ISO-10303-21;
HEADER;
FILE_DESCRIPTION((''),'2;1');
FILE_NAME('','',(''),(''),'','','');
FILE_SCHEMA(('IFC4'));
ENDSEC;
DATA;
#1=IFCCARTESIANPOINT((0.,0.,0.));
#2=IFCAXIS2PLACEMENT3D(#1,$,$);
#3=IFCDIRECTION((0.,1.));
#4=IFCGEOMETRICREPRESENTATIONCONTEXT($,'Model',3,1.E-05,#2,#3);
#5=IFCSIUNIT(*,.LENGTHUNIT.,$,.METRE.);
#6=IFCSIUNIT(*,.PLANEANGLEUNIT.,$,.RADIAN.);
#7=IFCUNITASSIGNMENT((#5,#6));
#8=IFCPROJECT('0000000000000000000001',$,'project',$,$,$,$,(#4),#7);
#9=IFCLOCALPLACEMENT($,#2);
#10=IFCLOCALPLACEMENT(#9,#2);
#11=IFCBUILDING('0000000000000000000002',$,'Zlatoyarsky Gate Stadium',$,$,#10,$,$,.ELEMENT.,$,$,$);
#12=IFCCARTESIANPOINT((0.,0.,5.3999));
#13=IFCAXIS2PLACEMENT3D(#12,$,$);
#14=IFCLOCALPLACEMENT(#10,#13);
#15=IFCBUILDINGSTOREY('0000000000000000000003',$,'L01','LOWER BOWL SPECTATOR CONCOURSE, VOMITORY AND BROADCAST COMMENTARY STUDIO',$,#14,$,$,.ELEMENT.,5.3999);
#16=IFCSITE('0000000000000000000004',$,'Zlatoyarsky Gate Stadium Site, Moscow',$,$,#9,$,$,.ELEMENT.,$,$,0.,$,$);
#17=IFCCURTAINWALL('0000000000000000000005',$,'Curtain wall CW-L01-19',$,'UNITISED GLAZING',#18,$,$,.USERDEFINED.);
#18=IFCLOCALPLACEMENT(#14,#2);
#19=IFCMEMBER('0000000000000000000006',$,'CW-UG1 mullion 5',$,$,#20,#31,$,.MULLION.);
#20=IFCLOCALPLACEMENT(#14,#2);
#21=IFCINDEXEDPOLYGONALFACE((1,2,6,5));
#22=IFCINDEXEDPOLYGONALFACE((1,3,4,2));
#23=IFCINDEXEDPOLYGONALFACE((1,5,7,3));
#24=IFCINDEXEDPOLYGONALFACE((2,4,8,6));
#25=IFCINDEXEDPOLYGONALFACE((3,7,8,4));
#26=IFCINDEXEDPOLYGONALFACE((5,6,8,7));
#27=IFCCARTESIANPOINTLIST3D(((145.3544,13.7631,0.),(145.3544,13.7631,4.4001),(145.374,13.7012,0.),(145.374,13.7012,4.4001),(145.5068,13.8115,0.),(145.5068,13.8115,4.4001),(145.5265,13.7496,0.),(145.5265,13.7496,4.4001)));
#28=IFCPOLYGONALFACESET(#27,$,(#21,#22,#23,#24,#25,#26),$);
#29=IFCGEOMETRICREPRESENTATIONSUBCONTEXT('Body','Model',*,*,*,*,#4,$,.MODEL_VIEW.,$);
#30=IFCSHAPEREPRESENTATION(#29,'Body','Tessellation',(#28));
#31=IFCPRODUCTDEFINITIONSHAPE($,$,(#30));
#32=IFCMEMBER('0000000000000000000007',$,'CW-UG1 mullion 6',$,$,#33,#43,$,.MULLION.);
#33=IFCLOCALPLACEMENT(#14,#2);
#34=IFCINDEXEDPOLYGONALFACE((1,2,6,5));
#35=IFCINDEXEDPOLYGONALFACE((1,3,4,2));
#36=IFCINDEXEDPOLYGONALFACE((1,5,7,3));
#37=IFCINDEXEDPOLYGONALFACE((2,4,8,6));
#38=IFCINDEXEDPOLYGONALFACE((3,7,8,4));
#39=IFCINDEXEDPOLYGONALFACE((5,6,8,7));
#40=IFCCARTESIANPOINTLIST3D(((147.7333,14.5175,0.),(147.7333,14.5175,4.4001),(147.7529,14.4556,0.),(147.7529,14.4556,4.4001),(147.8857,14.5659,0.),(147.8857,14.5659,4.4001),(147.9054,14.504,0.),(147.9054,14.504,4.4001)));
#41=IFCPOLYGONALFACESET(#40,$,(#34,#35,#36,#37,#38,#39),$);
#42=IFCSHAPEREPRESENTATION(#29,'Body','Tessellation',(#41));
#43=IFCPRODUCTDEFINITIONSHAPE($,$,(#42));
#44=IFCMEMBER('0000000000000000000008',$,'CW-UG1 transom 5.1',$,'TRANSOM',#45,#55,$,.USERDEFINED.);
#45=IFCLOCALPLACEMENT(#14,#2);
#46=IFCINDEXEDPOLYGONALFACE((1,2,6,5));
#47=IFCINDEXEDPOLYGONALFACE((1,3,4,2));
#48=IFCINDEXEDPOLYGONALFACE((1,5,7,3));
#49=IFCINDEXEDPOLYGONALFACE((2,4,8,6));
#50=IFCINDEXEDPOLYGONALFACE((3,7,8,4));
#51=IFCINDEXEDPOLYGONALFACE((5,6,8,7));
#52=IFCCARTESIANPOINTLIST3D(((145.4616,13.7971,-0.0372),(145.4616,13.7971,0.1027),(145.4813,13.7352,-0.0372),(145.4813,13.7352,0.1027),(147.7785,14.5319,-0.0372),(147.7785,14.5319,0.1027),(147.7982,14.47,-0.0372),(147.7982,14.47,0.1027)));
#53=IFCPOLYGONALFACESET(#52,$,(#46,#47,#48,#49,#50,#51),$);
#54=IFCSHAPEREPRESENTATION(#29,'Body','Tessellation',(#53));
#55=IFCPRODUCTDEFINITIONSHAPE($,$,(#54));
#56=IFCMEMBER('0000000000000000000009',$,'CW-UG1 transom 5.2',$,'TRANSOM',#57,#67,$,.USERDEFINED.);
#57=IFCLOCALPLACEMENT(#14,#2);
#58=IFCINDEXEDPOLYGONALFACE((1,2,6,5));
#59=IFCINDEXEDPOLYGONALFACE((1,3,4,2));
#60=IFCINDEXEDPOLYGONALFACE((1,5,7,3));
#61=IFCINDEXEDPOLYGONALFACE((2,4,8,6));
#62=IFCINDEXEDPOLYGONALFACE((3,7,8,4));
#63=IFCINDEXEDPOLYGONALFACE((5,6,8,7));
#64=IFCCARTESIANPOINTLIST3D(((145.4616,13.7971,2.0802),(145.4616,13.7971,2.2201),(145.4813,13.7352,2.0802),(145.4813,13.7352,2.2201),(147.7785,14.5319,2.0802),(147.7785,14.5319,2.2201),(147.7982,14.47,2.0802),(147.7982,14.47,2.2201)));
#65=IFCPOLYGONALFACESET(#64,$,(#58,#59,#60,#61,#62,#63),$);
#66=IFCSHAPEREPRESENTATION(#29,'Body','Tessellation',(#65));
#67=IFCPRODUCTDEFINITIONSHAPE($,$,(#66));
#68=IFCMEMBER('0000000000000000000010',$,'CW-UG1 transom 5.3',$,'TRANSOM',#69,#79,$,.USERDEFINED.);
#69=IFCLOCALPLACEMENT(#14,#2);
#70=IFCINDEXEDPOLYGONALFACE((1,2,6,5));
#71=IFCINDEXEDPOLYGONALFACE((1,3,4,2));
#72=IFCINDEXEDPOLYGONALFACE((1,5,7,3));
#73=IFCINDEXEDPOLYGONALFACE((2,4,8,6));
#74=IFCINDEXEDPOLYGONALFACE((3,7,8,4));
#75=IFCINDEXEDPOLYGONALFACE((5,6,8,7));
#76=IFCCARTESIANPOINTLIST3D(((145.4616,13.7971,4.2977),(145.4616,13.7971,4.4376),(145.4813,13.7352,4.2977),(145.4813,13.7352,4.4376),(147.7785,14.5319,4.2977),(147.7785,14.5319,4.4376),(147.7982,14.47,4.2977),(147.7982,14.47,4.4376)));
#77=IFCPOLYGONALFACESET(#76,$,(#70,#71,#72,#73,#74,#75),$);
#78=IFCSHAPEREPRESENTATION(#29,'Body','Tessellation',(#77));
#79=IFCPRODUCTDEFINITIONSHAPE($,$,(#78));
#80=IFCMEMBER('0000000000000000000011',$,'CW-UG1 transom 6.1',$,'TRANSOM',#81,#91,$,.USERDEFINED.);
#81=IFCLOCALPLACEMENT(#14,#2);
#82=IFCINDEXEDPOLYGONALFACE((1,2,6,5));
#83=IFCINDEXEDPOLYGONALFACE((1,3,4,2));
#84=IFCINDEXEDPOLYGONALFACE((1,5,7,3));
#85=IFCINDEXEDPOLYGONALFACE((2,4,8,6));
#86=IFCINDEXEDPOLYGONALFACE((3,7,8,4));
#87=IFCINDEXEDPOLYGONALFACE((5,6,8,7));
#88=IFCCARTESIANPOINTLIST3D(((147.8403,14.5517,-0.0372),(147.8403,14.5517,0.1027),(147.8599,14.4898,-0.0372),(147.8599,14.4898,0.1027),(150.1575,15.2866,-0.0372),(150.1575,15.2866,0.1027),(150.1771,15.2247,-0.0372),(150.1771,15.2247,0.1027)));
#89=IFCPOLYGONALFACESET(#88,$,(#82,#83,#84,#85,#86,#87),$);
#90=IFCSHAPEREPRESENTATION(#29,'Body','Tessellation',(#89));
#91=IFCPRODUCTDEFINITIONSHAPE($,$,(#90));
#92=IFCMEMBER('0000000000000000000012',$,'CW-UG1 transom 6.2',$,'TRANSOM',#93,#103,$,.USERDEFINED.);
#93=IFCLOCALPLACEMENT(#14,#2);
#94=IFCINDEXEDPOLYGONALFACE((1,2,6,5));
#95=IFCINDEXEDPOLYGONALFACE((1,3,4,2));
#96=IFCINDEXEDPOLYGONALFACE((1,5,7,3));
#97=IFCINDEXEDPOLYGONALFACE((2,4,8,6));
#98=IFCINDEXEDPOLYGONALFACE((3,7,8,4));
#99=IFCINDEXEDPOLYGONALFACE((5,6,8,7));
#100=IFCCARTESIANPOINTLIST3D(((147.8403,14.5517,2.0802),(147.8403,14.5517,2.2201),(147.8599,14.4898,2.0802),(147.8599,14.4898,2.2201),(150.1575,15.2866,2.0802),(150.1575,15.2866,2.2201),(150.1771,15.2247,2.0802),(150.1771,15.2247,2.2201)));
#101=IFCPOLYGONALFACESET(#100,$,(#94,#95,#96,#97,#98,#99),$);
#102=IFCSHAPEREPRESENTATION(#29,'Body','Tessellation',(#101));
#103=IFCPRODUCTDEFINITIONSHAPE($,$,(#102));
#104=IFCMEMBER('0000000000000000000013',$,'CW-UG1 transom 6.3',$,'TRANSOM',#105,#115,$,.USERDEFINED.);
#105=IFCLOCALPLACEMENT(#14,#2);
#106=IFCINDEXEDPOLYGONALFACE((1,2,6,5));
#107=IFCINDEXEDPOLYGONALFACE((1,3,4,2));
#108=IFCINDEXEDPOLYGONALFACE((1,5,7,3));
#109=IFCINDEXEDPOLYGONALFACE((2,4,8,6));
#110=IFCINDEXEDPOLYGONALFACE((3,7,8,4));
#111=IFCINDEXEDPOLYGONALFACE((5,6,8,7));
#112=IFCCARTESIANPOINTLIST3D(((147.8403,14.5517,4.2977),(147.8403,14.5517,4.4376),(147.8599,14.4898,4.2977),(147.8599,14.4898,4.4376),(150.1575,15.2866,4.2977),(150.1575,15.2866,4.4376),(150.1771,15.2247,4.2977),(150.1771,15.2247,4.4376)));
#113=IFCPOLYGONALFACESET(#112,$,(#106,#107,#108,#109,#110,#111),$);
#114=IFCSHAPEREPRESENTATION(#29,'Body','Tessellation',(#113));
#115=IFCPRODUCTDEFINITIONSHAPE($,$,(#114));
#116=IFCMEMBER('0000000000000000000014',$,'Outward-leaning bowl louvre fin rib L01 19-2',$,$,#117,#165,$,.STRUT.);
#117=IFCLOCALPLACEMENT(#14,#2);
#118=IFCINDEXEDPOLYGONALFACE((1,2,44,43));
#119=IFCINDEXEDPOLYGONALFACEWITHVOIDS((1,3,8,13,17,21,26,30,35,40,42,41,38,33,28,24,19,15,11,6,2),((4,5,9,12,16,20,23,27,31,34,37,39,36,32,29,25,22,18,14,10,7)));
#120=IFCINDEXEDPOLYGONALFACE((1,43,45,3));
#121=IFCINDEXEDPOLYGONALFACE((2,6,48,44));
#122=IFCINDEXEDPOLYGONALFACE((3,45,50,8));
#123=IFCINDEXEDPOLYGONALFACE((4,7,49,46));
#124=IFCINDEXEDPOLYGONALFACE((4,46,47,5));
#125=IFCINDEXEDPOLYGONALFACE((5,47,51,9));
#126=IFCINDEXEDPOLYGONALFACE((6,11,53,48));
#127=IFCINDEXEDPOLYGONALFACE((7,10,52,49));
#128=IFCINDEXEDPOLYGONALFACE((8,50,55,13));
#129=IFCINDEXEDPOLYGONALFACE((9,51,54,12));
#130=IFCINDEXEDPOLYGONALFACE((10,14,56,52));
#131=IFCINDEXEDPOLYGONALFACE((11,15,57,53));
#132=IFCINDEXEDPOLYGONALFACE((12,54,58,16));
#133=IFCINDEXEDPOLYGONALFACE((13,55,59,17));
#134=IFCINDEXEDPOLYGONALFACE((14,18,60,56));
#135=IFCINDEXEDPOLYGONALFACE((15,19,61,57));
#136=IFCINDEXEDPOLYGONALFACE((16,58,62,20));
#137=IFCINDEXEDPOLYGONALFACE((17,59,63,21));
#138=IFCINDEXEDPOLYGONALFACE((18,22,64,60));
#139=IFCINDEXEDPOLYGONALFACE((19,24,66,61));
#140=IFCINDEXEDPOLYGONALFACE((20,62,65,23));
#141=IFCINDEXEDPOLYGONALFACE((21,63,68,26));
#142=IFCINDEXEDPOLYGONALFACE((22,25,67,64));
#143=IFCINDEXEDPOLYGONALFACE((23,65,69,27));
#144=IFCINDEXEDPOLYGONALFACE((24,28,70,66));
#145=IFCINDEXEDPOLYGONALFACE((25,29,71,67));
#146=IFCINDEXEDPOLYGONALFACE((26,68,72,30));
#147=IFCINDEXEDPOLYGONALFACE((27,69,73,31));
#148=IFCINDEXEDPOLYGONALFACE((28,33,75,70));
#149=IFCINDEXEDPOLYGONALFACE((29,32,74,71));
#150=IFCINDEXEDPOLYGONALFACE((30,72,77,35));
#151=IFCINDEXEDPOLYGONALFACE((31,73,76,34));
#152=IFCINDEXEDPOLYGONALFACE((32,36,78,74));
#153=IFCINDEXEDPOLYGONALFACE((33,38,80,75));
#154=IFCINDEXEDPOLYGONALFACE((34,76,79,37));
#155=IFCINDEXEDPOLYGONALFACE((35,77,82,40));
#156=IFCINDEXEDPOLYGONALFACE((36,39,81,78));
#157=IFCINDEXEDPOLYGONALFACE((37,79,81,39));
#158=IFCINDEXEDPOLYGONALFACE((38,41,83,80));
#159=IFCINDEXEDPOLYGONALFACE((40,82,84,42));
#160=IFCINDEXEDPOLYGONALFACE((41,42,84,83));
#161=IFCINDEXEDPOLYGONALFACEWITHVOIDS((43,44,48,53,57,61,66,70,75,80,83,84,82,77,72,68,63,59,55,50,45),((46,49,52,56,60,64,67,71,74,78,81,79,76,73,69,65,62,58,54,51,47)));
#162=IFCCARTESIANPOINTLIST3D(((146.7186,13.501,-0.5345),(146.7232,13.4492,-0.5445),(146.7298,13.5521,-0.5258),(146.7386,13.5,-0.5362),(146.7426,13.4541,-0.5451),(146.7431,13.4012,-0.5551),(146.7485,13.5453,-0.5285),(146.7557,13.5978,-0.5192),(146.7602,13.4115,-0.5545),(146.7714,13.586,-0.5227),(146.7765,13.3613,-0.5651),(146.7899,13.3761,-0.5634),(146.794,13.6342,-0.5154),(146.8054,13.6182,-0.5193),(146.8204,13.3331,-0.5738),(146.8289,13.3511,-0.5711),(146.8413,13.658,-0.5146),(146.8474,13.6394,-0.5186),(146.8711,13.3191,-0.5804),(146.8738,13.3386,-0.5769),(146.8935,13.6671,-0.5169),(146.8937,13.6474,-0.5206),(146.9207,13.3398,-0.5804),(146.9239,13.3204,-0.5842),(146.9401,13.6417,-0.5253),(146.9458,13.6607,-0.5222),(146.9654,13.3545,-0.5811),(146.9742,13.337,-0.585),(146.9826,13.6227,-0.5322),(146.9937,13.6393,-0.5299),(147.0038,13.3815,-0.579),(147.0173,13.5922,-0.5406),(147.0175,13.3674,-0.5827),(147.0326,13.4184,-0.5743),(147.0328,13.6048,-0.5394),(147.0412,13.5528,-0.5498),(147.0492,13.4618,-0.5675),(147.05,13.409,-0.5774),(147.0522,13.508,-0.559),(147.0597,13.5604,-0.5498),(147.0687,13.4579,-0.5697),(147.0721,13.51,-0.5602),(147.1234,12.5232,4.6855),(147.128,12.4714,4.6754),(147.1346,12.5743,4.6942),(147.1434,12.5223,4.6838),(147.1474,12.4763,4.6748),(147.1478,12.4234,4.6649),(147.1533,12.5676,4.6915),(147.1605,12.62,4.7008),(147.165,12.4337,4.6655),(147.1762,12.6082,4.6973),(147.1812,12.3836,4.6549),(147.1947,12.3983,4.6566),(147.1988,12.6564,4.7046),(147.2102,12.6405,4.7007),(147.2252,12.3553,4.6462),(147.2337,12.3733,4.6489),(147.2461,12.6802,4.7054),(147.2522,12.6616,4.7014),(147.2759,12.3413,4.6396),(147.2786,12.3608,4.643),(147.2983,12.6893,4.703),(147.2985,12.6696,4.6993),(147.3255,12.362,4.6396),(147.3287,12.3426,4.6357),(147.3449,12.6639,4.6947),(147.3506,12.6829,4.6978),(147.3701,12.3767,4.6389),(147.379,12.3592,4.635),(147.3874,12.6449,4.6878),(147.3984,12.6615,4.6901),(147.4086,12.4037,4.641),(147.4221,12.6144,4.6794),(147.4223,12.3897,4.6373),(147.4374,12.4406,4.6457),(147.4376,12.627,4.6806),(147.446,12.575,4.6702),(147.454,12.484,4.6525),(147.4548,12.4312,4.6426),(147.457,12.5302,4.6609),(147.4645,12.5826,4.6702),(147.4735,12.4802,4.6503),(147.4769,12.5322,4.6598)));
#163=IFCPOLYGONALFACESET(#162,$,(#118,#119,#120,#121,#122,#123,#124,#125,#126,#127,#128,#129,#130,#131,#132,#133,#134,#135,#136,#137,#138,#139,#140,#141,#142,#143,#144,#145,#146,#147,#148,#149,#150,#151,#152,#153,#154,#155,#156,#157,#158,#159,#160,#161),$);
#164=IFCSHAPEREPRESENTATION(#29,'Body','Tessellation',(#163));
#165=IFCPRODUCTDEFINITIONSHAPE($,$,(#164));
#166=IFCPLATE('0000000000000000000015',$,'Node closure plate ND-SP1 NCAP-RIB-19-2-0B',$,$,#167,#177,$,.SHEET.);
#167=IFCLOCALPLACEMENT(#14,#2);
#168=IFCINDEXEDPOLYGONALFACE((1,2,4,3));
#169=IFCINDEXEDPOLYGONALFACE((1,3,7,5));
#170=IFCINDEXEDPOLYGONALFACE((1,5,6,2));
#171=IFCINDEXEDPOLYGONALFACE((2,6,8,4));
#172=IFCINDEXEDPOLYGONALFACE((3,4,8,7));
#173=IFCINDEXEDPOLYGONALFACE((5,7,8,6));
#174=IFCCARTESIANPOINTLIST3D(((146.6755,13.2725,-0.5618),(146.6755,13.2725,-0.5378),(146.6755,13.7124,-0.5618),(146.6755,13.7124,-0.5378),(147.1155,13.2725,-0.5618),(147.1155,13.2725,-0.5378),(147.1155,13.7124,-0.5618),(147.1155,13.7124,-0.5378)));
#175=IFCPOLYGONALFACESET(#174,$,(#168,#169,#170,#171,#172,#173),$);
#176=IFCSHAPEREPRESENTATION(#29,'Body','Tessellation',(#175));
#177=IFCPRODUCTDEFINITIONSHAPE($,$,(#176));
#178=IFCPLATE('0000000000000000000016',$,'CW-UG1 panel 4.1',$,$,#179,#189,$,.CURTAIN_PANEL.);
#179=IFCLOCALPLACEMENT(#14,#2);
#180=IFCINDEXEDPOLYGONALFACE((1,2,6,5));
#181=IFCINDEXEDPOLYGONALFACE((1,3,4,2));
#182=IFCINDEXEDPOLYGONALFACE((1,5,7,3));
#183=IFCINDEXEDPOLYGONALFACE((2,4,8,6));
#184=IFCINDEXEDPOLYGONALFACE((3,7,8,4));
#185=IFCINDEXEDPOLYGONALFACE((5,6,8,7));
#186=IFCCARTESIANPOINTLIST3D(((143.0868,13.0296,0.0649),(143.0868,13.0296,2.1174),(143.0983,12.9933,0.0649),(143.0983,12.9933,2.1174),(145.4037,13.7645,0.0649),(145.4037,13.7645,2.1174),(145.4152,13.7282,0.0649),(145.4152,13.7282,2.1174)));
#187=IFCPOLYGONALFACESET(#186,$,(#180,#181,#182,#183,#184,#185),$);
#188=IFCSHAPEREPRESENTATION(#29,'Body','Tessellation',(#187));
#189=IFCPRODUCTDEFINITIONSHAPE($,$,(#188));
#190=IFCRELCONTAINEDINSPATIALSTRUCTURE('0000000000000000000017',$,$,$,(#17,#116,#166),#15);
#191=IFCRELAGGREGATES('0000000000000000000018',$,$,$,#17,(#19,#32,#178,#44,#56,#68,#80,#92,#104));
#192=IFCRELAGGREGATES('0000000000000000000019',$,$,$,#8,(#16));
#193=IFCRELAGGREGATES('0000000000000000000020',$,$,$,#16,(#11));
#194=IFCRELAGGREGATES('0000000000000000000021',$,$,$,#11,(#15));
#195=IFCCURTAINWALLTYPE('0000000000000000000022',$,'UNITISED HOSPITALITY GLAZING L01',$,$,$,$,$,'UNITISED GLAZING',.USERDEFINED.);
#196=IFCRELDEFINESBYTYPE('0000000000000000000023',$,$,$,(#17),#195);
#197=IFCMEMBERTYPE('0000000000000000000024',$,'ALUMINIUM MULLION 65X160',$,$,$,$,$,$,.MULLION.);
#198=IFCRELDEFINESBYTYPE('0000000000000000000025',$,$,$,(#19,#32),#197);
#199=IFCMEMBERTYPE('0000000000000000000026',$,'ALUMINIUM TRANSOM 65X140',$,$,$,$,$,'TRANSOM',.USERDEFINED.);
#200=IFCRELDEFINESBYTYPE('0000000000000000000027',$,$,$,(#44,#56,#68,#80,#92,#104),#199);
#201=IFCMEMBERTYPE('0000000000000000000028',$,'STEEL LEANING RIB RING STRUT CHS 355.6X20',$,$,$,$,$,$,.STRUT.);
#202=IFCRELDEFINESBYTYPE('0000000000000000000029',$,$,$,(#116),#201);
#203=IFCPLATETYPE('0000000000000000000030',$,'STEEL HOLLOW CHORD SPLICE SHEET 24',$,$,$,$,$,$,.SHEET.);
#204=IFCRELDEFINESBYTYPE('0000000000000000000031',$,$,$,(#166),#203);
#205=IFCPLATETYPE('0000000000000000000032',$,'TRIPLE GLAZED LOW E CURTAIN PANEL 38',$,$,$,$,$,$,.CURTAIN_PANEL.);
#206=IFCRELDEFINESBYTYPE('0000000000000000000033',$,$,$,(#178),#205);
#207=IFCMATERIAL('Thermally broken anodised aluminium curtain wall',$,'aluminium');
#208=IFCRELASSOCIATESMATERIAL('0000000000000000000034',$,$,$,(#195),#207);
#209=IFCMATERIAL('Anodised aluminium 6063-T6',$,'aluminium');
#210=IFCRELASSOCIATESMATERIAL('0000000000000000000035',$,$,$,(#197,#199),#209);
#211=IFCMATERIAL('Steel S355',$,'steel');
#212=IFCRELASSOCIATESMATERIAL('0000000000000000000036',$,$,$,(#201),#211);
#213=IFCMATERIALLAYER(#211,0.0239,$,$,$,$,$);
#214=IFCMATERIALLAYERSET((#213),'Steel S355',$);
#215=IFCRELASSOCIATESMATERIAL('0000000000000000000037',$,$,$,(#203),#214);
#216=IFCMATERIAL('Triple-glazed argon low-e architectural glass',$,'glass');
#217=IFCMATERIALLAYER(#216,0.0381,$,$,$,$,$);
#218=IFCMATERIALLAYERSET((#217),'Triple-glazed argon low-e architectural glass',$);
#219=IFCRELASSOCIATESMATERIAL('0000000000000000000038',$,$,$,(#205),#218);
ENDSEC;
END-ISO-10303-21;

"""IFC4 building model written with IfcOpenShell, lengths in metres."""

from ifc_helpers import new_model, si_unit, direction, frame, origin, origin_2d, place, context, subcontext, project, spatial, rectangle, hollow_circle, extrude, material, layer, layer_set, material_profile, profile_set, type_object, element, aggregate, save


model = new_model("IFC4")

# Units and contexts
model_context = context("Model", 3, precision=1e-05, world=origin(), true_north=direction((0.0, 1.0)))
body_context = subcontext(model_context, "Body", "Model", "MODEL_VIEW")
ifc_project = project(units=[si_unit("LENGTHUNIT", "METRE"), si_unit("PLANEANGLEUNIT", "RADIAN")], contexts=[model_context])

# Site, building, storey
site_placement = place(None, origin())
site = spatial("IfcSite", under=ifc_project, at=site_placement, Name="Zlatoyarsky Gate Stadium Site, Moscow", CompositionType="ELEMENT", RefElevation=0.0)
building_placement = place(site_placement, origin())
building = spatial("IfcBuilding", under=site, at=building_placement, Name="Zlatoyarsky Gate Stadium", CompositionType="ELEMENT")
storey_placement = place(building_placement, frame((0.0, 0.0, 5.3999)))
storey = spatial("IfcBuildingStorey", under=building, at=storey_placement, Name="L01", Description="LOWER BOWL SPECTATOR CONCOURSE, VOMITORY AND BROADCAST COMMENTARY STUDIO", CompositionType="ELEMENT", Elevation=5.3999)

# Curtain wall, members
ifc_material_1 = material(Name="Thermally broken anodised aluminium curtain wall", Category="aluminium")
curtain_wall_type = type_object("IfcCurtainWallType", Name="UNITISED HOSPITALITY GLAZING L01", ElementType="UNITISED GLAZING", PredefinedType="USERDEFINED", material=ifc_material_1)
curtain_wall_placement = place(storey_placement, origin())
curtain_wall = element("IfcCurtainWall", 1, at=curtain_wall_placement, inside=storey, type_object=curtain_wall_type, Name="Curtain wall CW-L01-19", ObjectType="UNITISED GLAZING", PredefinedType="USERDEFINED")
ifc_material_2 = material(Name="Anodised aluminium 6063-T6", Category="aluminium")
ifc_material_profile_1 = material_profile(ifc_material_2, rectangle(XDim=0.0649, YDim=0.1599, at=origin_2d()), Name="ALU 65X160")
ifc_profile_set_1 = profile_set([ifc_material_profile_1], Name="Anodised aluminium 6063-T6")
member_type_1 = type_object("IfcMemberType", Name="ALUMINIUM MULLION 65X160", PredefinedType="MULLION", material=ifc_profile_set_1)
member_1_placement = place(storey_placement, frame((145.4404, 13.7563, 0.0), z_axis=(0.0, 0.0, 1.0), x_axis=(-0.302334, 0.953202, 0.0)))
member_1 = element("IfcMember", 2, at=member_1_placement, type_object=member_type_1, Name="CW-UG1 mullion 5", PredefinedType="MULLION", context=body_context, shape_type="SweptSolid", body=[
    extrude(rectangle(XDim=0.0649, YDim=0.1599, at=origin_2d()), origin(), (0.0, 0.0, 1.0), 4.4001),
])
member_2_placement = place(storey_placement, frame((147.8193, 14.5107, 0.0), z_axis=(0.0, 0.0, 1.0), x_axis=(-0.302334, 0.953202, 0.0)))
member_2 = element("IfcMember", 3, at=member_2_placement, type_object=member_type_1, Name="CW-UG1 mullion 6", PredefinedType="MULLION", context=body_context, shape_type="SweptSolid", body=[
    extrude(rectangle(XDim=0.0649, YDim=0.1599, at=origin_2d()), origin(), (0.0, 0.0, 1.0), 4.4001),
])
ifc_material_profile_2 = material_profile(ifc_material_2, rectangle(XDim=0.0649, YDim=0.1399, at=origin_2d()), Name="ALU 65X140")
ifc_profile_set_2 = profile_set([ifc_material_profile_2], Name="Anodised aluminium 6063-T6")
member_type_2 = type_object("IfcMemberType", Name="ALUMINIUM TRANSOM 65X140", ElementType="TRANSOM", PredefinedType="USERDEFINED", material=ifc_profile_set_2)
member_3_placement = place(storey_placement, frame((145.4714, 13.7661, 0.0327), z_axis=(0.953202, 0.302333, 0.0), x_axis=(-0.302333, 0.953202, 0.0)))
member_3 = element("IfcMember", 4, at=member_3_placement, type_object=member_type_2, Name="CW-UG1 transom 5.1", ObjectType="TRANSOM", PredefinedType="USERDEFINED", context=body_context, shape_type="SweptSolid", body=[
    extrude(rectangle(XDim=0.0649, YDim=0.1399, at=origin_2d()), origin(), (0.0, 0.0, 1.0), 2.4307),
])
member_4_placement = place(storey_placement, frame((145.4714, 13.7661, 2.1501), z_axis=(0.953202, 0.302333, 0.0), x_axis=(-0.302333, 0.953202, 0.0)))
member_4 = element("IfcMember", 5, at=member_4_placement, type_object=member_type_2, Name="CW-UG1 transom 5.2", ObjectType="TRANSOM", PredefinedType="USERDEFINED", context=body_context, shape_type="SweptSolid", body=[
    extrude(rectangle(XDim=0.0649, YDim=0.1399, at=origin_2d()), origin(), (0.0, 0.0, 1.0), 2.4307),
])
member_5_placement = place(storey_placement, frame((145.4714, 13.7661, 4.3677), z_axis=(0.953202, 0.302333, 0.0), x_axis=(-0.302333, 0.953202, 0.0)))
member_5 = element("IfcMember", 6, at=member_5_placement, type_object=member_type_2, Name="CW-UG1 transom 5.3", ObjectType="TRANSOM", PredefinedType="USERDEFINED", context=body_context, shape_type="SweptSolid", body=[
    extrude(rectangle(XDim=0.0649, YDim=0.1399, at=origin_2d()), origin(), (0.0, 0.0, 1.0), 2.4307),
])
member_6_placement = place(storey_placement, frame((147.8501, 14.5208, 0.0327), z_axis=(0.953212, 0.302304, 0.0), x_axis=(-0.302304, 0.953212, 0.0)))
member_6 = element("IfcMember", 7, at=member_6_placement, type_object=member_type_2, Name="CW-UG1 transom 6.1", ObjectType="TRANSOM", PredefinedType="USERDEFINED", context=body_context, shape_type="SweptSolid", body=[
    extrude(rectangle(XDim=0.0649, YDim=0.1399, at=origin_2d()), origin(), (0.0, 0.0, 1.0), 2.4309),
])
member_7_placement = place(storey_placement, frame((147.8501, 14.5208, 2.1501), z_axis=(0.953212, 0.302304, 0.0), x_axis=(-0.302304, 0.953212, 0.0)))
member_7 = element("IfcMember", 8, at=member_7_placement, type_object=member_type_2, Name="CW-UG1 transom 6.2", ObjectType="TRANSOM", PredefinedType="USERDEFINED", context=body_context, shape_type="SweptSolid", body=[
    extrude(rectangle(XDim=0.0649, YDim=0.1399, at=origin_2d()), origin(), (0.0, 0.0, 1.0), 2.4309),
])
member_8_placement = place(storey_placement, frame((147.8501, 14.5208, 4.3677), z_axis=(0.953212, 0.302304, 0.0), x_axis=(-0.302304, 0.953212, 0.0)))
member_8 = element("IfcMember", 9, at=member_8_placement, type_object=member_type_2, Name="CW-UG1 transom 6.3", ObjectType="TRANSOM", PredefinedType="USERDEFINED", context=body_context, shape_type="SweptSolid", body=[
    extrude(rectangle(XDim=0.0649, YDim=0.1399, at=origin_2d()), origin(), (0.0, 0.0, 1.0), 2.4309),
])

# Member
ifc_material_3 = material(Name="Steel S355", Category="steel")
ifc_material_profile_3 = material_profile(ifc_material_3, hollow_circle(Radius=0.1777, WallThickness=0.02, at=origin_2d()), Name="CHS 355.6X20")
ifc_profile_set_3 = profile_set([ifc_material_profile_3], Name="Steel S355")
member_type_3 = type_object("IfcMemberType", Name="STEEL LEANING RIB RING STRUT CHS 355.6X20", PredefinedType="STRUT", material=ifc_profile_set_3)
member_9_placement = place(storey_placement, frame((146.8955, 13.4924, -0.5498), z_axis=(0.075999, -0.183581, 0.980062), x_axis=(0.923955, 0.382501, 0.0)))
element("IfcMember", 10, at=member_9_placement, inside=storey, type_object=member_type_3, Name="Outward-leaning bowl louvre fin rib L01 19-2", PredefinedType="STRUT", context=body_context, shape_type="SweptSolid", body=[
    extrude(hollow_circle(Radius=0.1777, WallThickness=0.02, at=origin_2d()), origin(), (0.0, 0.0, 1.0), 5.3262),
])

# Plates
ifc_layer_1 = layer(ifc_material_3, 0.0239)
ifc_layer_set_1 = layer_set([ifc_layer_1], Name="Steel S355")
plate_type_1 = type_object("IfcPlateType", Name="STEEL HOLLOW CHORD SPLICE SHEET 24", PredefinedType="SHEET", material=ifc_layer_set_1)
plate_1_placement = place(storey_placement, frame((146.8955, 13.4924, -0.5618), z_axis=(0.0, 0.0, 1.0), x_axis=(1.0, 0.0, 0.0)))
element("IfcPlate", 11, at=plate_1_placement, inside=storey, type_object=plate_type_1, Name="Node closure plate ND-SP1 NCAP-RIB-19-2-0B", PredefinedType="SHEET", context=body_context, shape_type="SweptSolid", body=[
    extrude(rectangle(XDim=0.4399, YDim=0.4399, at=origin_2d()), origin(), (0.0, 0.0, 1.0), 0.0239),
])
ifc_material_4 = material(Name="Triple-glazed argon low-e architectural glass", Category="glass")
ifc_layer_2 = layer(ifc_material_4, 0.0381)
ifc_layer_set_2 = layer_set([ifc_layer_2], Name="Triple-glazed argon low-e architectural glass")
plate_type_2 = type_object("IfcPlateType", Name="TRIPLE GLAZED LOW E CURTAIN PANEL 38", PredefinedType="CURTAIN_PANEL", material=ifc_layer_set_2)
plate_2_placement = place(storey_placement, frame((144.251, 13.3789, 0.0649), z_axis=(0.0, 0.0, 1.0), x_axis=(0.953202, 0.302334, 0.0)))
plate_2 = element("IfcPlate", 12, at=plate_2_placement, type_object=plate_type_2, Name="CW-UG1 panel 4.1", PredefinedType="CURTAIN_PANEL", context=body_context, shape_type="SweptSolid", body=[
    extrude(rectangle(XDim=2.4307, YDim=0.0381, at=origin_2d()), origin(), (0.0, 0.0, 1.0), 2.0525),
])
aggregate(curtain_wall, [member_1, member_2, plate_2, member_3, member_4, member_5, member_6, member_7, member_8])

save(model, "model.ifc")
